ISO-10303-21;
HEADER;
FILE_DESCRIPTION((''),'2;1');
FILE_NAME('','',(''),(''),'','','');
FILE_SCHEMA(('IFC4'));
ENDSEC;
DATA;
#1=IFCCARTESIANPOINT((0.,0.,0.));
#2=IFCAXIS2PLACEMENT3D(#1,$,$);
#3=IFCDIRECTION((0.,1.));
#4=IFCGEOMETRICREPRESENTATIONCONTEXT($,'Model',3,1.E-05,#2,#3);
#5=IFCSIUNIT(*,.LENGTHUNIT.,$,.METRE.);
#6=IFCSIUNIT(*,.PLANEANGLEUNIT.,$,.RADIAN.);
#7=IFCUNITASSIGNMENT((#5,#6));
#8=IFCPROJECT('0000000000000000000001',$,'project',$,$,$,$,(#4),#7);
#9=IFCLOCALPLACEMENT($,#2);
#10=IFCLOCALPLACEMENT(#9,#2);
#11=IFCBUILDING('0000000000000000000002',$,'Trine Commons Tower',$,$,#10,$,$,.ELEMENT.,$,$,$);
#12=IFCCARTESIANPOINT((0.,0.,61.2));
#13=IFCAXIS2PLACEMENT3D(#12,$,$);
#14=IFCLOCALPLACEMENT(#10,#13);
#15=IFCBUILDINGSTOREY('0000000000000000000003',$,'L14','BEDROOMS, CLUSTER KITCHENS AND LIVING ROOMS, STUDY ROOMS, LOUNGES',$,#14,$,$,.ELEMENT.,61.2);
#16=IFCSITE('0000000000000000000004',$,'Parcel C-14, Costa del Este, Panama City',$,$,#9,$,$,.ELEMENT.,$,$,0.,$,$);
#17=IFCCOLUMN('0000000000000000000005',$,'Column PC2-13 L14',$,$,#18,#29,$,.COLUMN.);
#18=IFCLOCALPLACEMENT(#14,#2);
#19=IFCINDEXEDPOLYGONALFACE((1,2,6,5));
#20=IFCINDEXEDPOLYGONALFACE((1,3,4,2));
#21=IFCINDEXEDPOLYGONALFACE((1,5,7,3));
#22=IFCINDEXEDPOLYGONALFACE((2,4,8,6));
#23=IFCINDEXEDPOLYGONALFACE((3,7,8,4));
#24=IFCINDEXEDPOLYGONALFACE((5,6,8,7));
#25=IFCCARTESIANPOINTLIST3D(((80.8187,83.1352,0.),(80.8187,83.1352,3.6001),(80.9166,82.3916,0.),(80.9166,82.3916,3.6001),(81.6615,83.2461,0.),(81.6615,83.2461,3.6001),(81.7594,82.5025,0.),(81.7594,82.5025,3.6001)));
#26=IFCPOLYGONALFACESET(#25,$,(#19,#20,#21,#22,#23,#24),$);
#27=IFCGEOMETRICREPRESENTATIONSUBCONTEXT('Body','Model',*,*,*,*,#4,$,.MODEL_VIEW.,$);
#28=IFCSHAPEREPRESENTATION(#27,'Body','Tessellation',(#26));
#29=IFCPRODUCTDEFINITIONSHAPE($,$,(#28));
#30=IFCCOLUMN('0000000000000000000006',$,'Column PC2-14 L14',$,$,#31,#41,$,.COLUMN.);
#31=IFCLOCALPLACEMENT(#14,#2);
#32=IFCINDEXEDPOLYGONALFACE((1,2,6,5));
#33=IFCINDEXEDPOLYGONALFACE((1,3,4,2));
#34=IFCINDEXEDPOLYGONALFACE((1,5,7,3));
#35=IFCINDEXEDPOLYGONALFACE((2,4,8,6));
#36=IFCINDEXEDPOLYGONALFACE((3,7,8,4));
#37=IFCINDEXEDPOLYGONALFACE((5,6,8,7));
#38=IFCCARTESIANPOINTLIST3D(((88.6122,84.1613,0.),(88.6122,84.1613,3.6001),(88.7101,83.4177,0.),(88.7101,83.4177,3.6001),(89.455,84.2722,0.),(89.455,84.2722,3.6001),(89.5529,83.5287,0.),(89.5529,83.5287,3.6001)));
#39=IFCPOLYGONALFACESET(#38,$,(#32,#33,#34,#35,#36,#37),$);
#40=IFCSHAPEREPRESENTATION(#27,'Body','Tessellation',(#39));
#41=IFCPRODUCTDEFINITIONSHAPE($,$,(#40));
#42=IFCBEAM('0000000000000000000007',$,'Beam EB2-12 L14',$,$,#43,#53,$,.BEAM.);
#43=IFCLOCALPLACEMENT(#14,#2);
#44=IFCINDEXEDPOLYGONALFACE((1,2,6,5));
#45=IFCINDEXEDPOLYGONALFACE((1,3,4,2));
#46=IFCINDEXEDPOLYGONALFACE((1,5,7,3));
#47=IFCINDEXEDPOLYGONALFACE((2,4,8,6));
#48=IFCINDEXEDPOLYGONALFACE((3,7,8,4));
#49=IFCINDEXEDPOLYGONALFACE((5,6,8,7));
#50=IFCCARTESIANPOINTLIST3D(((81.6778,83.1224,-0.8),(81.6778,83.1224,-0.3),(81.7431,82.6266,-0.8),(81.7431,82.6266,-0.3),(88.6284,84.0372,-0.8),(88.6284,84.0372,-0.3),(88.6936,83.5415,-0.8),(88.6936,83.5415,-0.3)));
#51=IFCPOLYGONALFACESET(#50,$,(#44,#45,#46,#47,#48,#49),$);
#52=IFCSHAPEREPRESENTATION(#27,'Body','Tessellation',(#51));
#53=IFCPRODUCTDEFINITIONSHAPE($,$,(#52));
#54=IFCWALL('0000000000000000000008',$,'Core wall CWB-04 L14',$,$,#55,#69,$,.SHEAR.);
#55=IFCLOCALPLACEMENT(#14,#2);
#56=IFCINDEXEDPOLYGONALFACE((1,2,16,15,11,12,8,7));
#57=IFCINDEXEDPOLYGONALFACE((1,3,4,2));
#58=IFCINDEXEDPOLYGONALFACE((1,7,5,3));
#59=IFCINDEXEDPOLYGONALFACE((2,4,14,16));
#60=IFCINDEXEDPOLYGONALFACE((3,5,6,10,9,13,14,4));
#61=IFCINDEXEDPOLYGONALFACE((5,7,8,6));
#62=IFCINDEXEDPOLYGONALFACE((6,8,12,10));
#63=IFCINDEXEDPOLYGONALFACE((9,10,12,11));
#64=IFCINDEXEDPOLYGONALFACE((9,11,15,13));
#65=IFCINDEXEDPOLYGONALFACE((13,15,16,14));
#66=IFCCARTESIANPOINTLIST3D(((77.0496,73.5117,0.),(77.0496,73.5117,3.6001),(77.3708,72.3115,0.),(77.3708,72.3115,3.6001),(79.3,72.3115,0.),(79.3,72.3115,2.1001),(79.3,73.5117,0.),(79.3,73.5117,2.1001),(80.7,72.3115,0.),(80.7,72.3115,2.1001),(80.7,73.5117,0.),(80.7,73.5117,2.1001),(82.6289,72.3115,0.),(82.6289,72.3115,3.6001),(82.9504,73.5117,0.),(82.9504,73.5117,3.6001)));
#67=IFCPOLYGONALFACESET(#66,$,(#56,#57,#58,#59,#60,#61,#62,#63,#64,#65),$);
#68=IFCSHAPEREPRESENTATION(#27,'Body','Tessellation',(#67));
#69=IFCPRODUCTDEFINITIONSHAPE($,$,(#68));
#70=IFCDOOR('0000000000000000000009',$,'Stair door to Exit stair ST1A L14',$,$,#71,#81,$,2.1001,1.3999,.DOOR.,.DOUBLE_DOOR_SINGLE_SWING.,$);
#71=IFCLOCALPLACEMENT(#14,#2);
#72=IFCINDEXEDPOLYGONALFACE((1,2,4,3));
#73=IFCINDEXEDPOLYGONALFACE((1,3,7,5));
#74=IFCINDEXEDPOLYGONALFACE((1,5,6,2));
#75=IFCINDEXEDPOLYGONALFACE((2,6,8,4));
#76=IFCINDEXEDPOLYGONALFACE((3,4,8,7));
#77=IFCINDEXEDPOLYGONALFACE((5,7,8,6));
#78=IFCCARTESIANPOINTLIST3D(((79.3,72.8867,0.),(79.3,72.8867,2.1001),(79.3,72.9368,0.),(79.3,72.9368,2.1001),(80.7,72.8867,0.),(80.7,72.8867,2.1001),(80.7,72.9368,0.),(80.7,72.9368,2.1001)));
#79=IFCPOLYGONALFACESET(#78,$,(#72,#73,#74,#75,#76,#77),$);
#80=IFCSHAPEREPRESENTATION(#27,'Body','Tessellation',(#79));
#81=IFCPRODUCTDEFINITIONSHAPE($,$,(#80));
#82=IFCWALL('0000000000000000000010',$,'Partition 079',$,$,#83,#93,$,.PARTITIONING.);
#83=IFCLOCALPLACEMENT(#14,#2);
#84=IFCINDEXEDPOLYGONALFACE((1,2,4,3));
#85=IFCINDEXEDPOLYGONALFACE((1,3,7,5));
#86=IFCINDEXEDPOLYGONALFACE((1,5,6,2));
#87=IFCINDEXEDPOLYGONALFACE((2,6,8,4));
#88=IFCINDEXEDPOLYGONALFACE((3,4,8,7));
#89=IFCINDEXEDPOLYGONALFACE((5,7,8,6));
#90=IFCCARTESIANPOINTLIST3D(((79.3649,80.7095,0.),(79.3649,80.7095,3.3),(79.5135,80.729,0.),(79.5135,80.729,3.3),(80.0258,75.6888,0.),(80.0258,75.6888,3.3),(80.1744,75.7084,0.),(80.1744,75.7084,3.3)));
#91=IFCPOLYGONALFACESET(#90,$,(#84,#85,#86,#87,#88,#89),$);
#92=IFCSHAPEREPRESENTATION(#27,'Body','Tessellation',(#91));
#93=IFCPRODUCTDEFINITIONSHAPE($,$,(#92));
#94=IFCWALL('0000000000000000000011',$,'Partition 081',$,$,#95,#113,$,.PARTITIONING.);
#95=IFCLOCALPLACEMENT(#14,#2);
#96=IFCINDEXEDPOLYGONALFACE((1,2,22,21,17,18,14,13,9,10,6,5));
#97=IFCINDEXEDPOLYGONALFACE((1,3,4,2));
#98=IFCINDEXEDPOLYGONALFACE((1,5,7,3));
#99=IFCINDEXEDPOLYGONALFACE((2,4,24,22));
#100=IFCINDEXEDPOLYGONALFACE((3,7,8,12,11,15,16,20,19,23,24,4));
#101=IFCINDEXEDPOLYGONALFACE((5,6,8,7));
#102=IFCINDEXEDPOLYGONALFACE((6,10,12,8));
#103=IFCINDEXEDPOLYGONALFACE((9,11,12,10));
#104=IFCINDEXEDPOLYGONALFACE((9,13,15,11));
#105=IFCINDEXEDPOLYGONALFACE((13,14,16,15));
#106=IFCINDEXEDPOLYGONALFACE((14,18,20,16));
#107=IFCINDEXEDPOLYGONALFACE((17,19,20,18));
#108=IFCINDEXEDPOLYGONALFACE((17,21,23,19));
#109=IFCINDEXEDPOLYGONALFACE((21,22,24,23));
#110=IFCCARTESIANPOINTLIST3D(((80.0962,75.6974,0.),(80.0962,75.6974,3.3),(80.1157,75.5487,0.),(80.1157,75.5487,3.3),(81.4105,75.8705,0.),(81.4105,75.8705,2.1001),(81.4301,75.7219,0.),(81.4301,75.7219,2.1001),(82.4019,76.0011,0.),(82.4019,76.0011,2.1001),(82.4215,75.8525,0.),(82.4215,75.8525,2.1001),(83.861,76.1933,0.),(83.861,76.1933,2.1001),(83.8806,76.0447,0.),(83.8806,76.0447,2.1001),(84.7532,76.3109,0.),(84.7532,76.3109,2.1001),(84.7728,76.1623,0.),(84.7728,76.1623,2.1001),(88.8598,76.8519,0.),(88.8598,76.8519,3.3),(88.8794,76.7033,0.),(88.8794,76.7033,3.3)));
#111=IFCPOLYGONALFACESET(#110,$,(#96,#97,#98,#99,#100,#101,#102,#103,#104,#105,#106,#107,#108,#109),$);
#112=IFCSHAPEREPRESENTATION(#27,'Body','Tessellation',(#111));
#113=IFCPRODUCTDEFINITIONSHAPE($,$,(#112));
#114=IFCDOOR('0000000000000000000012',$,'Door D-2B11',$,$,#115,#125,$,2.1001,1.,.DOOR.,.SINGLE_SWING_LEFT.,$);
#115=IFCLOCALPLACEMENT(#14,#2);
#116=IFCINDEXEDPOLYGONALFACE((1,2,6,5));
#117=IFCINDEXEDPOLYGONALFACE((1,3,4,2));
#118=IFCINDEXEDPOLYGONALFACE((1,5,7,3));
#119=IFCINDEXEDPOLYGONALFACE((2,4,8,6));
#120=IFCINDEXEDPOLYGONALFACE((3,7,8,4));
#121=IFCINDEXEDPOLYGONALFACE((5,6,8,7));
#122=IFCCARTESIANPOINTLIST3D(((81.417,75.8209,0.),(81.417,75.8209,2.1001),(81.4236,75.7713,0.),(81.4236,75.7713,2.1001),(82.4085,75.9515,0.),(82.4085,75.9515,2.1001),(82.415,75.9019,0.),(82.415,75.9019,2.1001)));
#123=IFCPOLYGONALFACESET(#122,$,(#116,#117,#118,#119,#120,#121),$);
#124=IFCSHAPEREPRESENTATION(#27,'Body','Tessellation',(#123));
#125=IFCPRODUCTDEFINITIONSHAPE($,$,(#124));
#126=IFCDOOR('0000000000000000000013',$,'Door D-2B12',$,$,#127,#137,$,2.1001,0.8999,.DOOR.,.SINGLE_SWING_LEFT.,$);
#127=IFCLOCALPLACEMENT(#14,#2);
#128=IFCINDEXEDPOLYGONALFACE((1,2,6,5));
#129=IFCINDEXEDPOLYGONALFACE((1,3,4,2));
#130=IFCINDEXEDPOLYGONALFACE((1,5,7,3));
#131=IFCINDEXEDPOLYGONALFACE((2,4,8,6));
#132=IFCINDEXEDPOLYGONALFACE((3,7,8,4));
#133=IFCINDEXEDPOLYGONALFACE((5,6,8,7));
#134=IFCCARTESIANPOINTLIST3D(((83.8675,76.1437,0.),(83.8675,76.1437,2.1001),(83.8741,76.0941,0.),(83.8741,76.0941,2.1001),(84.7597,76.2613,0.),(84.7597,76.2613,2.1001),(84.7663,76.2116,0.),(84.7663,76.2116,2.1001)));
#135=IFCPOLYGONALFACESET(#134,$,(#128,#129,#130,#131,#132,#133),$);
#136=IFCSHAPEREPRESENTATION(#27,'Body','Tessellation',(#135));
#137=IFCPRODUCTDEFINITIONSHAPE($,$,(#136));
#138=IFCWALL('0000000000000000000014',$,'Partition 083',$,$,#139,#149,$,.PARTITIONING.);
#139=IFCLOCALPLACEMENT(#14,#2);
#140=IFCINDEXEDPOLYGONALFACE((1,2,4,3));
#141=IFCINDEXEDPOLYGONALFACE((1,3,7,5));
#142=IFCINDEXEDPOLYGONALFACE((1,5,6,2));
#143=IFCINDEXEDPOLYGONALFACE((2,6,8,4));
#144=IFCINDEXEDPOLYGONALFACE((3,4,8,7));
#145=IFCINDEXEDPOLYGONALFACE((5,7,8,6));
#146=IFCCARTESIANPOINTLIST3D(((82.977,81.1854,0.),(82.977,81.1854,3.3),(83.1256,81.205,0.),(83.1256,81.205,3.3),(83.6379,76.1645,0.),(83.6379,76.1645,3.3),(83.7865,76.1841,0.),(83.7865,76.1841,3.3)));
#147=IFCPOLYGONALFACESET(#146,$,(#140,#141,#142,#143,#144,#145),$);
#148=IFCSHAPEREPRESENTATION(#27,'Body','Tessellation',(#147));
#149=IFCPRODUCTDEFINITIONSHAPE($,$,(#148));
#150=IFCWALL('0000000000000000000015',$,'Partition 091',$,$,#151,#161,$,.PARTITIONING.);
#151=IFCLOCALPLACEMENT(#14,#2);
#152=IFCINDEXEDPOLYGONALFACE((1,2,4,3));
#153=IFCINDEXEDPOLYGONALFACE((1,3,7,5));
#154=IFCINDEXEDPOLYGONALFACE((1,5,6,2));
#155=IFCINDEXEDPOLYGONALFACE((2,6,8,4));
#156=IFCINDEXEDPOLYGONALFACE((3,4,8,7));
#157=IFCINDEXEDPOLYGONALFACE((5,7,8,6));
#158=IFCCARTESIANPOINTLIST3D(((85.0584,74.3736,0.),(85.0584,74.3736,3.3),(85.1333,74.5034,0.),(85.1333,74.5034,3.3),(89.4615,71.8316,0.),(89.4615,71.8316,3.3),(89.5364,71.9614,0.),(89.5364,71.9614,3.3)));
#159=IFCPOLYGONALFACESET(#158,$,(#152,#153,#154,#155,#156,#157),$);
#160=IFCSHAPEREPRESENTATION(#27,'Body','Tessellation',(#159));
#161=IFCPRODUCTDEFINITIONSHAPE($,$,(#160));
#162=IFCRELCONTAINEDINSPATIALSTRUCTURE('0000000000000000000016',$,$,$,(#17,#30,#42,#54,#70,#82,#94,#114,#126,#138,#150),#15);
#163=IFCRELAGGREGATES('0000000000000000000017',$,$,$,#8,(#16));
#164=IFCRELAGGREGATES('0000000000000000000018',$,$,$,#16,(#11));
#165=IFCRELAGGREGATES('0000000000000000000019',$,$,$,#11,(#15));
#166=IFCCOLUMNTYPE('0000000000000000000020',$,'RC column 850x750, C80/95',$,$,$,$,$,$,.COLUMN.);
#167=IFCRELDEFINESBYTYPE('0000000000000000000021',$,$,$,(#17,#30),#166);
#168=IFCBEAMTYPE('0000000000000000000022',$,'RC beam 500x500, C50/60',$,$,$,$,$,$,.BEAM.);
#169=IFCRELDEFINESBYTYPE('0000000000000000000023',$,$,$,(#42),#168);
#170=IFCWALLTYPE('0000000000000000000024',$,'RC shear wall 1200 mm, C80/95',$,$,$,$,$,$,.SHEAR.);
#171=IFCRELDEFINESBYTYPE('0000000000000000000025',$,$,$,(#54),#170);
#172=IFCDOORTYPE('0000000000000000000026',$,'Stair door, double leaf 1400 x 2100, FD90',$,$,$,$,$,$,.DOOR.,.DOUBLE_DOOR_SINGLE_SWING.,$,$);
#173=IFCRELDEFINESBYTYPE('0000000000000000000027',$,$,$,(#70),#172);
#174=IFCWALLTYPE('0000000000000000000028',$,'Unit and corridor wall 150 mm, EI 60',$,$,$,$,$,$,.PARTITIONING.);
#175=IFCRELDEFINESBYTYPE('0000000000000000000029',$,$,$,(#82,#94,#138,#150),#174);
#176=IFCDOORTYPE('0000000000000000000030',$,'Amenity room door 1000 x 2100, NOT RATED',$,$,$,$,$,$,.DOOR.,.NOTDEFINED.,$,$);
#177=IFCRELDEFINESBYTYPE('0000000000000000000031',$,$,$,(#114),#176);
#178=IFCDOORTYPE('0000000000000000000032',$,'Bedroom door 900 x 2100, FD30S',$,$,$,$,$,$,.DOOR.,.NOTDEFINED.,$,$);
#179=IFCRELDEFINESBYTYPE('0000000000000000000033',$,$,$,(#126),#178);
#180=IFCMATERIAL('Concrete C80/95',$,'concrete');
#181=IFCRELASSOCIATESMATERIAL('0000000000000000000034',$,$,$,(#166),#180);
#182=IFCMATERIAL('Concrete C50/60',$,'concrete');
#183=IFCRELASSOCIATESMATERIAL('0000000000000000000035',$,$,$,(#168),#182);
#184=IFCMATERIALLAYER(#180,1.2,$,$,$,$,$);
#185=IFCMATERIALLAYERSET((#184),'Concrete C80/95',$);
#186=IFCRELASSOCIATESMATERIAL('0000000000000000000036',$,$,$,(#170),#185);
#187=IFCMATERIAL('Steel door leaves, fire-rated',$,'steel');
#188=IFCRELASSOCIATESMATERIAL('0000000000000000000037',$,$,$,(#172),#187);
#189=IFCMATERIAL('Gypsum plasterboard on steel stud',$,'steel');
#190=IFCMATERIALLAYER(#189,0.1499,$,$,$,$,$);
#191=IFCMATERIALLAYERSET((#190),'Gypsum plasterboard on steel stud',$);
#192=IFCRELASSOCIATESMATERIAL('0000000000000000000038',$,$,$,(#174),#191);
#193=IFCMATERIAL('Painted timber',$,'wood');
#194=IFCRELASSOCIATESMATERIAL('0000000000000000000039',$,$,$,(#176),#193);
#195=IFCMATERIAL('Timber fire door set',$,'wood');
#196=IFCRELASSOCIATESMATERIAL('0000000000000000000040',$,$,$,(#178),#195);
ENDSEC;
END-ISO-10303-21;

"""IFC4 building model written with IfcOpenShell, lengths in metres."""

from ifc_helpers import new_model, si_unit, direction, frame, frame_2d, origin, origin_2d, place, context, subcontext, project, spatial, polyline, rectangle, outline, extrude, material, layer, layer_set, material_profile, profile_set, type_object, element, fill, save


model = new_model("IFC4")

# Units and contexts
model_context = context("Model", 3, precision=1e-05, world=origin(), true_north=direction((0.0, 1.0)))
body_context = subcontext(model_context, "Body", "Model", "MODEL_VIEW")
ifc_project = project(units=[si_unit("LENGTHUNIT", "METRE"), si_unit("PLANEANGLEUNIT", "RADIAN")], contexts=[model_context])

# Site, building, storey
site_placement = place(None, origin())
site = spatial("IfcSite", under=ifc_project, at=site_placement, Name="Parcel C-14, Costa del Este, Panama City", CompositionType="ELEMENT", RefElevation=0.0)
building_placement = place(site_placement, origin())
building = spatial("IfcBuilding", under=site, at=building_placement, Name="Trine Commons Tower", CompositionType="ELEMENT")
storey_placement = place(building_placement, frame((0.0, 0.0, 61.2)))
storey = spatial("IfcBuildingStorey", under=building, at=storey_placement, Name="L14", Description="BEDROOMS, CLUSTER KITCHENS AND LIVING ROOMS, STUDY ROOMS, LOUNGES", CompositionType="ELEMENT", Elevation=61.2)

# Columns
ifc_material_1 = material(Name="Concrete C80/95", Category="concrete")
ifc_material_profile_1 = material_profile(ifc_material_1, rectangle(XDim=0.8501, YDim=0.75, at=origin_2d()), Name="RC 850x750")
ifc_profile_set_1 = profile_set([ifc_material_profile_1], Name="Concrete C80/95")
column_type = type_object("IfcColumnType", Name="RC column 850x750, C80/95", PredefinedType="COLUMN", material=ifc_profile_set_1)
for number, where, z_axis, x_axis, name in (
    (1, (81.2891, 82.8188, 0.0), (0.0, 0.0, 1.0), (0.991445, 0.130526, 0.0), "Column PC2-13 L14"),
    (2, (89.0825, 83.845, 0.0), (0.0, 0.0, 1.0), (0.991445, 0.130526, 0.0), "Column PC2-14 L14"),
):
    element("IfcColumn", number, at=place(storey_placement, frame(where, z_axis=z_axis, x_axis=x_axis)), inside=storey, type_object=column_type, Name=name, PredefinedType="COLUMN", context=body_context, shape_type="SweptSolid", body=[
        extrude(rectangle(XDim=0.8501, YDim=0.75, at=origin_2d()), origin(), (0.0, 0.0, 1.0), 3.6001),
    ])

# Beam
ifc_material_2 = material(Name="Concrete C50/60", Category="concrete")
ifc_material_profile_2 = material_profile(ifc_material_2, rectangle(XDim=0.5, YDim=0.5, at=origin_2d()), Name="RC 500x500")
ifc_profile_set_2 = profile_set([ifc_material_profile_2], Name="Concrete C50/60")
beam_type = type_object("IfcBeamType", Name="RC beam 500x500, C50/60", PredefinedType="BEAM", material=ifc_profile_set_2)
beam_placement = place(storey_placement, frame((81.7104, 82.8745, -0.55), z_axis=(0.991449, 0.130491, 0.0), x_axis=(-0.130491, 0.991449, 0.0)))
element("IfcBeam", 3, at=beam_placement, inside=storey, type_object=beam_type, Name="Beam EB2-12 L14", PredefinedType="BEAM", context=body_context, shape_type="SweptSolid", body=[
    extrude(rectangle(XDim=0.5, YDim=0.5, at=origin_2d()), origin(), (0.0, 0.0, 1.0), 7.0105),
])

# Wall, opening, door
ifc_layer_1 = layer(ifc_material_1, 1.2)
ifc_layer_set_1 = layer_set([ifc_layer_1], Name="Concrete C80/95")
wall_type_1 = type_object("IfcWallType", Name="RC shear wall 1200 mm, C80/95", PredefinedType="SHEAR", material=ifc_layer_set_1)
wall_1_placement = place(storey_placement, frame((82.9504, 72.9116, 0.0), z_axis=(0.0, 0.0, 1.0), x_axis=(-1.0, 0.0, 0.0)))
wall_1 = element("IfcWall", 4, at=wall_1_placement, inside=storey, type_object=wall_type_1, Name="Core wall CWB-04 L14", PredefinedType="SHEAR", context=body_context, shape_type="SweptSolid", body=[
    extrude(outline(polyline([(0.0, -0.6001), (5.9009, -0.6001), (5.5796, 0.6001), (0.3215, 0.6001), (0.0, -0.6001)])), origin(), (0.0, 0.0, 1.0), 3.6001),
])
opening_1_placement = place(wall_1_placement, frame((2.2505, 0.0, 0.0)))
opening_1 = element("IfcOpeningElement", 5, at=opening_1_placement, cuts=wall_1, PredefinedType="OPENING", context=body_context, shape_type="SweptSolid", body=[
    extrude(rectangle(XDim=1.3999, YDim=2.1001, at=frame_2d((0.7, 1.05))), frame((0.0, 0.6099, 0.0), z_axis=(0.0, -1.0, 0.0), x_axis=(1.0, 0.0, 0.0)), (0.0, 0.0, 1.0), 1.22),
])
ifc_material_3 = material(Name="Steel door leaves, fire-rated", Category="steel")
door_type_1 = type_object("IfcDoorType", Name="Stair door, double leaf 1400 x 2100, FD90", OperationType="DOUBLE_DOOR_SINGLE_SWING", PredefinedType="DOOR", material=ifc_material_3)
door_1_placement = place(opening_1_placement, origin())
door_1 = element("IfcDoor", 6, at=door_1_placement, inside=storey, type_object=door_type_1, Name="Stair door to Exit stair ST1A L14", OperationType="DOUBLE_DOOR_SINGLE_SWING", OverallHeight=2.1001, OverallWidth=1.3999, PredefinedType="DOOR", context=body_context, shape_type="SweptSolid", body=[
    extrude(rectangle(XDim=1.3999, YDim=2.1001, at=frame_2d((0.7, 1.05))), frame((0.0, 0.0249, 0.0), z_axis=(0.0, -1.0, 0.0), x_axis=(1.0, 0.0, 0.0)), (0.0, 0.0, 1.0), 0.05),
])
fill(opening_1, door_1)

# Wall
ifc_material_4 = material(Name="Gypsum plasterboard on steel stud", Category="steel")
ifc_layer_2 = layer(ifc_material_4, 0.1499)
ifc_layer_set_2 = layer_set([ifc_layer_2], Name="Gypsum plasterboard on steel stud")
wall_type_2 = type_object("IfcWallType", Name="Unit and corridor wall 150 mm, EI 60", PredefinedType="PARTITIONING", material=ifc_layer_set_2)
wall_2_placement = place(storey_placement, frame((79.4392, 80.7192, 0.0), z_axis=(0.0, 0.0, 1.0), x_axis=(0.130506, -0.991448, 0.0)))
element("IfcWall", 7, at=wall_2_placement, inside=storey, type_object=wall_type_2, Name="Partition 079", PredefinedType="PARTITIONING", context=body_context, shape_type="SweptSolid", body=[
    extrude(rectangle(XDim=5.064, YDim=0.1499, at=frame_2d((2.532, 0.0))), origin(), (0.0, 0.0, 1.0), 3.3),
])

# Wall, openings, doors
wall_3_placement = place(storey_placement, frame((80.106, 75.623, 0.0), z_axis=(0.0, 0.0, 1.0), x_axis=(0.991433, 0.130613, 0.0)))
wall_3 = element("IfcWall", 8, at=wall_3_placement, inside=storey, type_object=wall_type_2, Name="Partition 081", PredefinedType="PARTITIONING", context=body_context, shape_type="SweptSolid", body=[
    extrude(rectangle(XDim=8.8394, YDim=0.1499, at=frame_2d((4.4197, 0.0))), origin(), (0.0, 0.0, 1.0), 3.3),
])
opening_2_placement = place(wall_3_placement, frame((1.3257, 0.0, 0.0)))
opening_2 = element("IfcOpeningElement", 9, at=opening_2_placement, cuts=wall_3, PredefinedType="OPENING", context=body_context, shape_type="SweptSolid", body=[
    extrude(rectangle(XDim=1.0, YDim=2.1001, at=frame_2d((0.5, 1.05))), frame((0.0, 0.085, 0.0), z_axis=(0.0, -1.0, 0.0), x_axis=(1.0, 0.0, 0.0)), (0.0, 0.0, 1.0), 0.1699),
])
opening_3_placement = place(wall_3_placement, frame((3.7974, 0.0, 0.0)))
opening_3 = element("IfcOpeningElement", 10, at=opening_3_placement, cuts=wall_3, PredefinedType="OPENING", context=body_context, shape_type="SweptSolid", body=[
    extrude(rectangle(XDim=0.8999, YDim=2.1001, at=frame_2d((0.45, 1.05))), frame((0.0, 0.085, 0.0), z_axis=(0.0, -1.0, 0.0), x_axis=(1.0, 0.0, 0.0)), (0.0, 0.0, 1.0), 0.1699),
])
ifc_material_5 = material(Name="Painted timber", Category="wood")
door_type_2 = type_object("IfcDoorType", Name="Amenity room door 1000 x 2100, NOT RATED", OperationType="NOTDEFINED", PredefinedType="DOOR", material=ifc_material_5)
door_2_placement = place(opening_2_placement, origin())
door_2 = element("IfcDoor", 11, at=door_2_placement, inside=storey, type_object=door_type_2, Name="Door D-2B11", OperationType="SINGLE_SWING_LEFT", OverallHeight=2.1001, OverallWidth=1.0, PredefinedType="DOOR", context=body_context, shape_type="SweptSolid", body=[
    extrude(rectangle(XDim=1.0, YDim=2.1001, at=frame_2d((0.5, 1.05))), frame((0.0, 0.0249, 0.0), z_axis=(0.0, -1.0, 0.0), x_axis=(1.0, 0.0, 0.0)), (0.0, 0.0, 1.0), 0.05),
])
fill(opening_2, door_2)
ifc_material_6 = material(Name="Timber fire door set", Category="wood")
door_type_3 = type_object("IfcDoorType", Name="Bedroom door 900 x 2100, FD30S", OperationType="NOTDEFINED", PredefinedType="DOOR", material=ifc_material_6)
door_3_placement = place(opening_3_placement, origin())
door_3 = element("IfcDoor", 12, at=door_3_placement, inside=storey, type_object=door_type_3, Name="Door D-2B12", OperationType="SINGLE_SWING_LEFT", OverallHeight=2.1001, OverallWidth=0.8999, PredefinedType="DOOR", context=body_context, shape_type="SweptSolid", body=[
    extrude(rectangle(XDim=0.8999, YDim=2.1001, at=frame_2d((0.45, 1.05))), frame((0.0, 0.0249, 0.0), z_axis=(0.0, -1.0, 0.0), x_axis=(1.0, 0.0, 0.0)), (0.0, 0.0, 1.0), 0.05),
])
fill(opening_3, door_3)

# Walls
wall_4_placement = place(storey_placement, frame((83.0513, 81.1953, 0.0), z_axis=(0.0, 0.0, 1.0), x_axis=(0.130499, -0.991448, 0.0)))
element("IfcWall", 13, at=wall_4_placement, inside=storey, type_object=wall_type_2, Name="Partition 083", PredefinedType="PARTITIONING", context=body_context, shape_type="SweptSolid", body=[
    extrude(rectangle(XDim=5.0642, YDim=0.1499, at=frame_2d((2.5322, 0.0))), origin(), (0.0, 0.0, 1.0), 3.3),
])
wall_5_placement = place(storey_placement, frame((85.0959, 74.4385, 0.0), z_axis=(0.0, 0.0, 1.0), x_axis=(0.866036, -0.499982, 0.0)))
element("IfcWall", 14, at=wall_5_placement, inside=storey, type_object=wall_type_2, Name="Partition 091", PredefinedType="PARTITIONING", context=body_context, shape_type="SweptSolid", body=[
    extrude(rectangle(XDim=5.0842, YDim=0.1499, at=frame_2d((2.542, 0.0))), origin(), (0.0, 0.0, 1.0), 3.3),
])

save(model, "model.ifc")
